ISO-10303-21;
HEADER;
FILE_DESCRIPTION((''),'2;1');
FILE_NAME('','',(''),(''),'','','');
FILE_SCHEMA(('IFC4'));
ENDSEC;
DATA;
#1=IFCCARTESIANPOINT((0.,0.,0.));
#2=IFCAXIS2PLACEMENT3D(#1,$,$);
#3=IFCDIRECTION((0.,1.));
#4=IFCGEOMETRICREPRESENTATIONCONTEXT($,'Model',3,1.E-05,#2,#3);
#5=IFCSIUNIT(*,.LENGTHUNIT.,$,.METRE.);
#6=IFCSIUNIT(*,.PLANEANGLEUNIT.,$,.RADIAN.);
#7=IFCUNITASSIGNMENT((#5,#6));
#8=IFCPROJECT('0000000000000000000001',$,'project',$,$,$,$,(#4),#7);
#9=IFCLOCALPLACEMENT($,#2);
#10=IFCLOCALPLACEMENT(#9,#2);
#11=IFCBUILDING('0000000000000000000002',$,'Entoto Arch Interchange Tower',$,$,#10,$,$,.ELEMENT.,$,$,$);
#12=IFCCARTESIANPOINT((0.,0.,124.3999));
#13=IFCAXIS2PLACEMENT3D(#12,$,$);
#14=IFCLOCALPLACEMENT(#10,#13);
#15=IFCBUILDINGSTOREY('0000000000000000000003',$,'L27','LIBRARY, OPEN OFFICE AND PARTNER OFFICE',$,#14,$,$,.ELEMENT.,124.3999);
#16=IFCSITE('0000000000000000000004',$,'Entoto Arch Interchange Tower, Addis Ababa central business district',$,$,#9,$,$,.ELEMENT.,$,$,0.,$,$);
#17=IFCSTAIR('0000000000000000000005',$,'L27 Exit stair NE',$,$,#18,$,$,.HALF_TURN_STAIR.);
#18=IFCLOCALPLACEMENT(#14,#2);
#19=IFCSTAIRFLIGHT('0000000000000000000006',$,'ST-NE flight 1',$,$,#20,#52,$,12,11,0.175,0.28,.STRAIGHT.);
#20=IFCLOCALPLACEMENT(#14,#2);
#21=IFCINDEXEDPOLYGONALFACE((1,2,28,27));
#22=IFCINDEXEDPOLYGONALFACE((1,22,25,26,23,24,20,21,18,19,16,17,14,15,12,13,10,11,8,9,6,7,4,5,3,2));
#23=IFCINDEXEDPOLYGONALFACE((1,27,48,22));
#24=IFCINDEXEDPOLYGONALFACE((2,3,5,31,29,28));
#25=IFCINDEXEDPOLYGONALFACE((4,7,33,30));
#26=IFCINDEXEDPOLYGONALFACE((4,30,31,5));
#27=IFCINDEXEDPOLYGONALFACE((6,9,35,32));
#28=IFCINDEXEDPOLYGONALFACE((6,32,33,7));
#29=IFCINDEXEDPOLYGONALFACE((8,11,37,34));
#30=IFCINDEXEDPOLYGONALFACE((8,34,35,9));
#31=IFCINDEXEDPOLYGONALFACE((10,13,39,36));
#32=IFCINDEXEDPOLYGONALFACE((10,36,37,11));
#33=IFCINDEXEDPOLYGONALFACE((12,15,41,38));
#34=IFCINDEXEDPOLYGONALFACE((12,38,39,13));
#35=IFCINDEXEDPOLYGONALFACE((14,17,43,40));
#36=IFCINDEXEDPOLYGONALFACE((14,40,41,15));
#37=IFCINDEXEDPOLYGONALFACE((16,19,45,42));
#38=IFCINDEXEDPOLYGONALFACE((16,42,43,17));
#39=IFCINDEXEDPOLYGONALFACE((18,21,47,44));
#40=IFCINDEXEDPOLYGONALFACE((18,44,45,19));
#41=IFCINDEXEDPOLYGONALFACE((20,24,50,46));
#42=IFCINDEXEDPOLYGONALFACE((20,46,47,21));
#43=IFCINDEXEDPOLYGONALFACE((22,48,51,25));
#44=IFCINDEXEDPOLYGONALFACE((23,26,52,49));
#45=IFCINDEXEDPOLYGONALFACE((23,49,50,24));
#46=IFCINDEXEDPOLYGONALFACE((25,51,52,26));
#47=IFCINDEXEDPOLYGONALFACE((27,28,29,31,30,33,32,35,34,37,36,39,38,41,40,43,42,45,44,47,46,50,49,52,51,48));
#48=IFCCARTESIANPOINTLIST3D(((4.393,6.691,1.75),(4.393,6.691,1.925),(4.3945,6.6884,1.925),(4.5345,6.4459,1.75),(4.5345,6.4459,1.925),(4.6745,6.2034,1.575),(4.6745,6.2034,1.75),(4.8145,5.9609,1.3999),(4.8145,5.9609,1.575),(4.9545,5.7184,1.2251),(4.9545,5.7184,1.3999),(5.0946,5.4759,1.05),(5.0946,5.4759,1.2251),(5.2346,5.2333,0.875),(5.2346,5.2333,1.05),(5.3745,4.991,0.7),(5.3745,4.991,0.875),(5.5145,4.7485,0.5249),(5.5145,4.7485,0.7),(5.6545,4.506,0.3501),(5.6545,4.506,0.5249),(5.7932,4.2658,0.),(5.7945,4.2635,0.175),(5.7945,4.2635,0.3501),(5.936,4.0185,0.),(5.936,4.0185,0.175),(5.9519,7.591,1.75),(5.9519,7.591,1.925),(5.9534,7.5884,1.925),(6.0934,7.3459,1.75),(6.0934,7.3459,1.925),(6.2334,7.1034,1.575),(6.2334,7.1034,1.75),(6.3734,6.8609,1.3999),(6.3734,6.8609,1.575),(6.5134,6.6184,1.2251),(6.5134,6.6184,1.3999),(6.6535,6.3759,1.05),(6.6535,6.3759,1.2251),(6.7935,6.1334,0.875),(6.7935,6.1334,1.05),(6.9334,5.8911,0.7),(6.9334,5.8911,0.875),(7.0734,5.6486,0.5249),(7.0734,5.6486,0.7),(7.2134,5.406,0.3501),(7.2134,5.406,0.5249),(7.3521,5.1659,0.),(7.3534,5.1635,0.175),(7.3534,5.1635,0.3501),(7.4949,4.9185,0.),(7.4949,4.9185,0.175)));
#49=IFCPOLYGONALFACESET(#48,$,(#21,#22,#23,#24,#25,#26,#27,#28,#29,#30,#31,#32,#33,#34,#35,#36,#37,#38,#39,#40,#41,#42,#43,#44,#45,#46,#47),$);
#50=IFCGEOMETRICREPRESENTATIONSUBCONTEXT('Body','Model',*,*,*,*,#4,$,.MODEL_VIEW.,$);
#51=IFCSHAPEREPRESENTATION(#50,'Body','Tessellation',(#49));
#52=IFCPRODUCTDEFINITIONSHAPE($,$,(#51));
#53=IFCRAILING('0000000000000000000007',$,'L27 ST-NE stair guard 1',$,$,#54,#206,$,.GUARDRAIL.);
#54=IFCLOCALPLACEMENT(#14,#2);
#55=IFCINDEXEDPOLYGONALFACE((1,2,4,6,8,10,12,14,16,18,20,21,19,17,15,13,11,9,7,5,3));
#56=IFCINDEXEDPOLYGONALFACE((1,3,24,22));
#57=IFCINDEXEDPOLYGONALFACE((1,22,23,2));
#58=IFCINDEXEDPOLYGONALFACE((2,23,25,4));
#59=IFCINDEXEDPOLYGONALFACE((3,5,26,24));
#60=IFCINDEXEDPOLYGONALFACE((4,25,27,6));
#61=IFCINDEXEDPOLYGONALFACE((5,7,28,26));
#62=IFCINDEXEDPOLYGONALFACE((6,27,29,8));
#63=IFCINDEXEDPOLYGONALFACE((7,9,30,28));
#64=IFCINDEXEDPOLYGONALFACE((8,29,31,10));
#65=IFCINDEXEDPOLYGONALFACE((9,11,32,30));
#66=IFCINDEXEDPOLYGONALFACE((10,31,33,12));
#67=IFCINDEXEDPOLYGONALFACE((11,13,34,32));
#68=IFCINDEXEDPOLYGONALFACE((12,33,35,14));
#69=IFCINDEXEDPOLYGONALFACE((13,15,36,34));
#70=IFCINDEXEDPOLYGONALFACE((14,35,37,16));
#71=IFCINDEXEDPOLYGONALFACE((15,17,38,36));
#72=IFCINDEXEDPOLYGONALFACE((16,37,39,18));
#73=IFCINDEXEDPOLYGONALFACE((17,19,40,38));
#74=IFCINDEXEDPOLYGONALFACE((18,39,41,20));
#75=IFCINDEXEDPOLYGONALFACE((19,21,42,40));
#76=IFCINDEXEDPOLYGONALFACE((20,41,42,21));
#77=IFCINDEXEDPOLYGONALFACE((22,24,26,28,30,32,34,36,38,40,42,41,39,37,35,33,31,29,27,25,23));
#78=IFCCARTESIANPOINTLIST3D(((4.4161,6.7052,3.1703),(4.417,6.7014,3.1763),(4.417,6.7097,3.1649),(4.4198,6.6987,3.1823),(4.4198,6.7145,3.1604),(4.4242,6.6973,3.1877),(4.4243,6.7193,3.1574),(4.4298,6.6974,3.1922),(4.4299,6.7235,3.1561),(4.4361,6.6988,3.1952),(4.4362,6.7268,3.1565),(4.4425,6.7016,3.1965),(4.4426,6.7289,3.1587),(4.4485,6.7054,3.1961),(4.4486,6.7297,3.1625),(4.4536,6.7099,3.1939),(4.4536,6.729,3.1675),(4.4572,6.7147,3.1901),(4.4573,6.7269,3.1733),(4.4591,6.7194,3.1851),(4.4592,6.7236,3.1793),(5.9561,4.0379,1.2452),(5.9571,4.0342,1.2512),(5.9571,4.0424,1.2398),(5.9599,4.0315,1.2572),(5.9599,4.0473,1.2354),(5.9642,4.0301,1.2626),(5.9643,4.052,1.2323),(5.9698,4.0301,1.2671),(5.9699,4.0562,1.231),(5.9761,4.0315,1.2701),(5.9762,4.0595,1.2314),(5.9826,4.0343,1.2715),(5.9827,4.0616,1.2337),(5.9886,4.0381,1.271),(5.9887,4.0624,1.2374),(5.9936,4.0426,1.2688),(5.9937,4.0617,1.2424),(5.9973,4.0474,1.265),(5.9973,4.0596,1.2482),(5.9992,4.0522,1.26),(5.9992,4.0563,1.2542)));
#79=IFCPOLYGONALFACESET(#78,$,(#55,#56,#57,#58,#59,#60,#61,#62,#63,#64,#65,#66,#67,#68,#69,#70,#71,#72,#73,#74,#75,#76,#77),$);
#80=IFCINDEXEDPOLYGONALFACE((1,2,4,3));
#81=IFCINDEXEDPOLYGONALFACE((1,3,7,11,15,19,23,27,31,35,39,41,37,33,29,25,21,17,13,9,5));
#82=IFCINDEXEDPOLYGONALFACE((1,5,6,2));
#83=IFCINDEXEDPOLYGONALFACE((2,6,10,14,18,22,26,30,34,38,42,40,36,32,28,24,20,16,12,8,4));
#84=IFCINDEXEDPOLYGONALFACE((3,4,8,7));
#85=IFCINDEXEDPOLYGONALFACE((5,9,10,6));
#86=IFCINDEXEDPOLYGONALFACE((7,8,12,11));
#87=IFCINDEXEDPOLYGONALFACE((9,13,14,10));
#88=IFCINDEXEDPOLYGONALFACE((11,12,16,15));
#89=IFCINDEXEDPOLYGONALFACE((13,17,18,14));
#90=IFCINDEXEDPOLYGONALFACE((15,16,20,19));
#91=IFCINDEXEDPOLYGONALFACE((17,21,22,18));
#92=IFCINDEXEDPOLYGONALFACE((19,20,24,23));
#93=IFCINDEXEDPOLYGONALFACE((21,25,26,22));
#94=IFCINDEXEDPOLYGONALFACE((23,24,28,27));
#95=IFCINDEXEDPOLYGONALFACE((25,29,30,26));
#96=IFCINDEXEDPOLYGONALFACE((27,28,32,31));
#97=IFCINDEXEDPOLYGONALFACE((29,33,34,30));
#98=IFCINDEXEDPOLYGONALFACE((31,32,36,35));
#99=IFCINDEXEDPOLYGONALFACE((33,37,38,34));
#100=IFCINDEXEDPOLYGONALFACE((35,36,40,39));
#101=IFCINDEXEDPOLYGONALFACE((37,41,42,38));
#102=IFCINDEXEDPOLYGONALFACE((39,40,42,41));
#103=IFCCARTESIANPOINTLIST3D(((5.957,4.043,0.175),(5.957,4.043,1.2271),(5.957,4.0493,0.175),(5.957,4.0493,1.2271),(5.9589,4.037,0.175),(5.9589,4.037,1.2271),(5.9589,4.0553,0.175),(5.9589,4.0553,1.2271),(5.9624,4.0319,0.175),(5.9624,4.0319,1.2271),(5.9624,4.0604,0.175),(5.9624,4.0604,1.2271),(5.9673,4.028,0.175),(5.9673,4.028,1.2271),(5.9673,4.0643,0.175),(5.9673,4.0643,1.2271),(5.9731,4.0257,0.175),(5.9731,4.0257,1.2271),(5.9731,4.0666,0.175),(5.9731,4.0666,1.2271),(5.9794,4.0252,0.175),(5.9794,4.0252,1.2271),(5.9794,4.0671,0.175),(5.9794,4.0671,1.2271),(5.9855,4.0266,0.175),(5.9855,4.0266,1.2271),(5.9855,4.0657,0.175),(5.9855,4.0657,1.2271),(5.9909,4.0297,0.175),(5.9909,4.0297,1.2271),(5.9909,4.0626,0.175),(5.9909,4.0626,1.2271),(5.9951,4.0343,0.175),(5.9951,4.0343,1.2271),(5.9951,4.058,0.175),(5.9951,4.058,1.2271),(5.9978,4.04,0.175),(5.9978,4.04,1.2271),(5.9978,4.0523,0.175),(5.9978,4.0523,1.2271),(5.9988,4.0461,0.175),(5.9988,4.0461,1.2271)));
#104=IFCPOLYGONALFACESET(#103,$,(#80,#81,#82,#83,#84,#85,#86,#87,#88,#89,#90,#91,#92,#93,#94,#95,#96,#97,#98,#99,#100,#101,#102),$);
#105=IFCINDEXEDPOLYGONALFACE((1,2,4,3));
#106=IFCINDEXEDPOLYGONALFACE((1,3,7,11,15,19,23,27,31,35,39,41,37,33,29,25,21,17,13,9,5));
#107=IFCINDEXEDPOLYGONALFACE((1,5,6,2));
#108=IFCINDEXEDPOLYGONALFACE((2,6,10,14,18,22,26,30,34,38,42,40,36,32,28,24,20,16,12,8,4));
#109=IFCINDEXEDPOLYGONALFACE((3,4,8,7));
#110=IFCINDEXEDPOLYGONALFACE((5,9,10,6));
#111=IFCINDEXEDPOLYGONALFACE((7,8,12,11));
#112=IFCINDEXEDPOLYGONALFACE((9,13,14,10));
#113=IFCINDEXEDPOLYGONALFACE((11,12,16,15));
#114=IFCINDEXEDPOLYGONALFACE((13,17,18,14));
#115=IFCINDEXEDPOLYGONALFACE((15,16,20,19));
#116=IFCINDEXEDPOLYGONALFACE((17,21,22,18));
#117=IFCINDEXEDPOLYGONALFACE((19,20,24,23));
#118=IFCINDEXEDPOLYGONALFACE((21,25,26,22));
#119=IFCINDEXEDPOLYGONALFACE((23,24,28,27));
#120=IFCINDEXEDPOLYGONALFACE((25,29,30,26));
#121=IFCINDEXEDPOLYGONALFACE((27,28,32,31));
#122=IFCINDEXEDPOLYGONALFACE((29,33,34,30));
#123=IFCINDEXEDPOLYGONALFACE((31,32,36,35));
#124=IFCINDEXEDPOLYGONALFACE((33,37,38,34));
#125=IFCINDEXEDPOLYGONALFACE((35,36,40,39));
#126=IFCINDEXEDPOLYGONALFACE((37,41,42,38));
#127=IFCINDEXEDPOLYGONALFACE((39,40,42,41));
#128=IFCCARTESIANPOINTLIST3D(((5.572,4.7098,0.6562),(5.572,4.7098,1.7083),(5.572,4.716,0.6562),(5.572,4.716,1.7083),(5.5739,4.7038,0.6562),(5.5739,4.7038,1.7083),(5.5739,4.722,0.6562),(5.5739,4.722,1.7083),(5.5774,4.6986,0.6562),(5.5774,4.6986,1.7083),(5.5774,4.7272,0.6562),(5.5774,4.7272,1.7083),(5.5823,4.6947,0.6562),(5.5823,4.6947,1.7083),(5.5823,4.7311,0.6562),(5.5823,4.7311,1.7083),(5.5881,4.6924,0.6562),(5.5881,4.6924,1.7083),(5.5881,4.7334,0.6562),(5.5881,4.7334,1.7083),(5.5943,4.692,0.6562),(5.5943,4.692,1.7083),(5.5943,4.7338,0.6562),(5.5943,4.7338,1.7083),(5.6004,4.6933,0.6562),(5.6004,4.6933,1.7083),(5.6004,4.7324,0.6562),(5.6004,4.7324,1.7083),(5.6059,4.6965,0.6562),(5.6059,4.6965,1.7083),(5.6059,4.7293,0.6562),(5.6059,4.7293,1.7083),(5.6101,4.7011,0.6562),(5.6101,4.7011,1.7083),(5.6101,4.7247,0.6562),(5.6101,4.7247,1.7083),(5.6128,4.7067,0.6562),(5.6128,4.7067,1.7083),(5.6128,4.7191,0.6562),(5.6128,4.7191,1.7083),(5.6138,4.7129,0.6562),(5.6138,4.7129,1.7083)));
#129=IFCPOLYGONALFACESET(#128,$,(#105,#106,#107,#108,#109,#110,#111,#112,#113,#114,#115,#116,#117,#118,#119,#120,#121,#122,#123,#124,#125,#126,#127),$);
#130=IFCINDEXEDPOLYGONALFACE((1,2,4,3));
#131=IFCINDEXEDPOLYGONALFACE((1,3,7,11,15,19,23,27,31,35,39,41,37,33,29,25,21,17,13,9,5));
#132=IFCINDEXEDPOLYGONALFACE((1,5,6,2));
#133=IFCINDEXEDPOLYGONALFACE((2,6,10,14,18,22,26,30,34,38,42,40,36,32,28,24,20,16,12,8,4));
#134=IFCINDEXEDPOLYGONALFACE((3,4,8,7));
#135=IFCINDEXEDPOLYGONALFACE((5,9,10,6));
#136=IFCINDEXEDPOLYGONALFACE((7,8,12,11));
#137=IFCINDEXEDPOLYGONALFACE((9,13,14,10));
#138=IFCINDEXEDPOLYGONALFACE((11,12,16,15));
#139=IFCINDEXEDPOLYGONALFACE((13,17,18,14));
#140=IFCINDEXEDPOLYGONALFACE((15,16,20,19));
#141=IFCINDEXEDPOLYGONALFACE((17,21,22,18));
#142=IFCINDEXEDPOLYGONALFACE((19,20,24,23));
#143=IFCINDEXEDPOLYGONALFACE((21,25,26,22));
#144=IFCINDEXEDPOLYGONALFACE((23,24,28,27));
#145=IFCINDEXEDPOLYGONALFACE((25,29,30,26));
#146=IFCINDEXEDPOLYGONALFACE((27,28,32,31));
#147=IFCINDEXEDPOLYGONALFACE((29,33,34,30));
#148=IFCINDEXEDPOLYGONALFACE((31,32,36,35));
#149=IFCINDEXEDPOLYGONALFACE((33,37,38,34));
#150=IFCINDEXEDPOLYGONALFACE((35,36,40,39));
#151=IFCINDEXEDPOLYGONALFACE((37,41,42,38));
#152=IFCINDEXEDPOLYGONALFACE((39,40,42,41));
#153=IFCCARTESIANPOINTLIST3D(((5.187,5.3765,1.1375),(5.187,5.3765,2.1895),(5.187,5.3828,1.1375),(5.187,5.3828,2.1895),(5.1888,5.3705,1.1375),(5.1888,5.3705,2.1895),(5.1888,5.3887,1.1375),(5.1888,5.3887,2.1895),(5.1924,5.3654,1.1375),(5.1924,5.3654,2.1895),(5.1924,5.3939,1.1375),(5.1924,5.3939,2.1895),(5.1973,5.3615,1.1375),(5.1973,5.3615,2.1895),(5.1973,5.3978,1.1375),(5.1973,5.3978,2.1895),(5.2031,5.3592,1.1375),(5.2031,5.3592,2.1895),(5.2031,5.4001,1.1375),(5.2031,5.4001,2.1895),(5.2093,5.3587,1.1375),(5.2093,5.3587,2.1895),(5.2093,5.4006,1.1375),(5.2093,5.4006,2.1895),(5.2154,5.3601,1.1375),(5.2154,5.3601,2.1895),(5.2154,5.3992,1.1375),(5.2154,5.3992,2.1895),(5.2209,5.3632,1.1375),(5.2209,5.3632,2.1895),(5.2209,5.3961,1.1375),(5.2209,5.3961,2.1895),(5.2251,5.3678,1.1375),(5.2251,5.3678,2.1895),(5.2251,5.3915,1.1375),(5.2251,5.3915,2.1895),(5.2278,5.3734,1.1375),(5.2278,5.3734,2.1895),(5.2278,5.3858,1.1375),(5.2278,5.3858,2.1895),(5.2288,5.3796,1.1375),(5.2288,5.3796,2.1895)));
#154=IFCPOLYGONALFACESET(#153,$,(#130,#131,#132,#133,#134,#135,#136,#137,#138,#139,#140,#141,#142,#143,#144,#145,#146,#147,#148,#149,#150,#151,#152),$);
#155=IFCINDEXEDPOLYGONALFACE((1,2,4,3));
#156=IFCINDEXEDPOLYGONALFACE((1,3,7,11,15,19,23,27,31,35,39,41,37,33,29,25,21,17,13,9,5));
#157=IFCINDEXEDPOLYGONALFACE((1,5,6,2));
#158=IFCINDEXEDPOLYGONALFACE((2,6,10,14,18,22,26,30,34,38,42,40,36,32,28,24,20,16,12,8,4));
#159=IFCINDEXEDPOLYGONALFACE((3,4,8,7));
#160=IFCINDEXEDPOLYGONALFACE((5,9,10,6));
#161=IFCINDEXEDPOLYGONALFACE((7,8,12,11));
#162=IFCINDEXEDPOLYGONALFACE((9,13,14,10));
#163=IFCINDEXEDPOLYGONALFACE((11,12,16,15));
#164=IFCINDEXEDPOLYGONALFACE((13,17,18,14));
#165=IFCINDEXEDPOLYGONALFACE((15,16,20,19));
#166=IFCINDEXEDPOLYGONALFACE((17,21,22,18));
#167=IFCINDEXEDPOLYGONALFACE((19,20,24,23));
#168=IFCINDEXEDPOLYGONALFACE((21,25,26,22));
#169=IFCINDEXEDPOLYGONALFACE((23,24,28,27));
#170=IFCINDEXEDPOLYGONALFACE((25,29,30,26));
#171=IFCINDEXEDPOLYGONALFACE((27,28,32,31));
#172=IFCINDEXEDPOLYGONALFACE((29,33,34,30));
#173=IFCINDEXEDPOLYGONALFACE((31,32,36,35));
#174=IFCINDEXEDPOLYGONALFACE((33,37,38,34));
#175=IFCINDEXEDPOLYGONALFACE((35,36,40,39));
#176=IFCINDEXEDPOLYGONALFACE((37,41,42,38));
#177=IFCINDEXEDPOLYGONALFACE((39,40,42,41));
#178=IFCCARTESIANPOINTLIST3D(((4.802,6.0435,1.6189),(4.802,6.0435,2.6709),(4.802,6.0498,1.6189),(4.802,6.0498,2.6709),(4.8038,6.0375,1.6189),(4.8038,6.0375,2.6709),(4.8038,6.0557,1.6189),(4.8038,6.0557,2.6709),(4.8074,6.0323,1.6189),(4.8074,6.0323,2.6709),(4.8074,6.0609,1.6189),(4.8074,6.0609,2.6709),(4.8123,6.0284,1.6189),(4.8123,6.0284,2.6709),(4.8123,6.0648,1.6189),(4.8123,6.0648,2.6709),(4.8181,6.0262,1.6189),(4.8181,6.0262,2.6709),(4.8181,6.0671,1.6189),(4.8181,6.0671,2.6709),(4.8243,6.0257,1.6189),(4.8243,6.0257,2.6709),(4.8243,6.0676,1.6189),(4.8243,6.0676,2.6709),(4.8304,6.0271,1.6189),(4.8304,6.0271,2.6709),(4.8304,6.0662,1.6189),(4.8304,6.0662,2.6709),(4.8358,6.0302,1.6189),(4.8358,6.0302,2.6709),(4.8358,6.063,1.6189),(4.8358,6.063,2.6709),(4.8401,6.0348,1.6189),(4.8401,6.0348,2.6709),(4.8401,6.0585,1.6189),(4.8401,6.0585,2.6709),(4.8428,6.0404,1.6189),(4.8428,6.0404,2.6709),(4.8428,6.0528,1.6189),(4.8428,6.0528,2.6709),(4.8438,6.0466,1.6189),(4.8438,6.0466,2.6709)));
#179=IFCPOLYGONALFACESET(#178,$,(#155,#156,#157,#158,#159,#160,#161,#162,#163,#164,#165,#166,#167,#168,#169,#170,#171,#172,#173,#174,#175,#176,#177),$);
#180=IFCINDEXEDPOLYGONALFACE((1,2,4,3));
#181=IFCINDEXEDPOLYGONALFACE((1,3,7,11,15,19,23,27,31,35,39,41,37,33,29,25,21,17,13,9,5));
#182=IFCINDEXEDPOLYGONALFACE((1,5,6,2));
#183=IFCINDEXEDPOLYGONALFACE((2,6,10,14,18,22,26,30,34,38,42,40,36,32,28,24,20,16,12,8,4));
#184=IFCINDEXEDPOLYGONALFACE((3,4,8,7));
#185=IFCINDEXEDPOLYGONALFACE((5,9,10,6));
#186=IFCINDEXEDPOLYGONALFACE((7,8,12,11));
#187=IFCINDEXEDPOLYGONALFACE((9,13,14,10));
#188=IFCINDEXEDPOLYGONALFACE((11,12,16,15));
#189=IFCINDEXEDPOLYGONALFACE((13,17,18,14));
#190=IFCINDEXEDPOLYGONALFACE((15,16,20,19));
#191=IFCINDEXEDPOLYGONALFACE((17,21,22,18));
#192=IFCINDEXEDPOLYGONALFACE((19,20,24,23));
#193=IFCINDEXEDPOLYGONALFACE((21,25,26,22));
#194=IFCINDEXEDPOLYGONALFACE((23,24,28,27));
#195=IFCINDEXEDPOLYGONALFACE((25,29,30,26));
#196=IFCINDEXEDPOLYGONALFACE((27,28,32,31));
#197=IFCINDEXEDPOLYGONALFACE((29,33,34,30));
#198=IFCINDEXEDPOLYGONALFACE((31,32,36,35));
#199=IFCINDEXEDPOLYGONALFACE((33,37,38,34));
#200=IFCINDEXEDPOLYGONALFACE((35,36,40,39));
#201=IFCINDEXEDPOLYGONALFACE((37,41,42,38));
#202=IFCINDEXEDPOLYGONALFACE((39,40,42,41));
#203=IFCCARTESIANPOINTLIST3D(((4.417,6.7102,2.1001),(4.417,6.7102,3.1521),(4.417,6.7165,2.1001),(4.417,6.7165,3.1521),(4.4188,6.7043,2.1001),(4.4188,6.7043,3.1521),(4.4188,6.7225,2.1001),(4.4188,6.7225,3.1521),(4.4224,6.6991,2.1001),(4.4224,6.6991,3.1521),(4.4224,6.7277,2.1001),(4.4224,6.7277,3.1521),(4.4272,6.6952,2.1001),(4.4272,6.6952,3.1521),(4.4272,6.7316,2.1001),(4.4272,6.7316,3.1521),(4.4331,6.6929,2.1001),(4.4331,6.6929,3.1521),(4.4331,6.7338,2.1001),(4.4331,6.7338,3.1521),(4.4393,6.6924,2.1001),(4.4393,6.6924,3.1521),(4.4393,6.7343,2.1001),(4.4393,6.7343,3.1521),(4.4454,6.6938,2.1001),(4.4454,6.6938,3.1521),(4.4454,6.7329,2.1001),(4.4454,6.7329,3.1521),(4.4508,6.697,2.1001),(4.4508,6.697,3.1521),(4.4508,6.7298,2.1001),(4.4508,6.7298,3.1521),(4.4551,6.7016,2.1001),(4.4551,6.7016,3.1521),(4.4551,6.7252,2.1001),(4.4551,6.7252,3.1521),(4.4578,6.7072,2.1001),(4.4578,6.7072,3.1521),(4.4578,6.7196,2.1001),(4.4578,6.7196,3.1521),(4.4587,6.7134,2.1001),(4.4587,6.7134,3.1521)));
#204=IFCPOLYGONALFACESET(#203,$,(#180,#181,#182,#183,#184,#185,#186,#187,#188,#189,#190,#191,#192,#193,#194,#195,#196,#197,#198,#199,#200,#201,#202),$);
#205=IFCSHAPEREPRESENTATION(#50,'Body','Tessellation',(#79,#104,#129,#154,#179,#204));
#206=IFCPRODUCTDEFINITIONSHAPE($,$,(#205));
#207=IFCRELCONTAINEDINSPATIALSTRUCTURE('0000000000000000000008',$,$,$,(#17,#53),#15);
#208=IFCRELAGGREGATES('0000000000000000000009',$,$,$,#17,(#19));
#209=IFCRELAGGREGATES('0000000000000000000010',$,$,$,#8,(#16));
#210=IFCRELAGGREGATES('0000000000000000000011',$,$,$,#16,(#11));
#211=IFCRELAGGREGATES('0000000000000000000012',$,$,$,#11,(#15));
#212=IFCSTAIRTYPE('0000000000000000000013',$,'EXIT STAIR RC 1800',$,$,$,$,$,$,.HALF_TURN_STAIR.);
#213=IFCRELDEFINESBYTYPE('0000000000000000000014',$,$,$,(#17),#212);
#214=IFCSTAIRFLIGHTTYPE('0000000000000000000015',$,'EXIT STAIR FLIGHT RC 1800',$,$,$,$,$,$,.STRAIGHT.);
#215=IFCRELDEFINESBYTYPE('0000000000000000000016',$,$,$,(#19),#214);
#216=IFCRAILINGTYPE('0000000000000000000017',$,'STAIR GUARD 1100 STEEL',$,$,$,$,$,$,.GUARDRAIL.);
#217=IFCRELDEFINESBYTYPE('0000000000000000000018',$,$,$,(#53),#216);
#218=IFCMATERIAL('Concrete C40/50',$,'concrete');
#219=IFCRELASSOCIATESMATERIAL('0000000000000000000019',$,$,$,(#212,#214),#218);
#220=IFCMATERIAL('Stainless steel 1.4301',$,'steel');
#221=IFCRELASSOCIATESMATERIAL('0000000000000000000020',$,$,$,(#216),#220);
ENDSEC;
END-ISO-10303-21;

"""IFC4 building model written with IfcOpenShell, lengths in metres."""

from ifc_helpers import new_model, si_unit, direction, frame, origin, origin_2d, place, context, subcontext, project, spatial, polyline, circle, outline, extrude, material, type_object, element, aggregate, save


model = new_model("IFC4")

# Units and contexts
model_context = context("Model", 3, precision=1e-05, world=origin(), true_north=direction((0.0, 1.0)))
body_context = subcontext(model_context, "Body", "Model", "MODEL_VIEW")
ifc_project = project(units=[si_unit("LENGTHUNIT", "METRE"), si_unit("PLANEANGLEUNIT", "RADIAN")], contexts=[model_context])

# Site, building, storey
site_placement = place(None, origin())
site = spatial("IfcSite", under=ifc_project, at=site_placement, Name="Entoto Arch Interchange Tower, Addis Ababa central business district", CompositionType="ELEMENT", RefElevation=0.0)
building_placement = place(site_placement, origin())
building = spatial("IfcBuilding", under=site, at=building_placement, Name="Entoto Arch Interchange Tower", CompositionType="ELEMENT")
storey_placement = place(building_placement, frame((0.0, 0.0, 124.3999)))
storey = spatial("IfcBuildingStorey", under=building, at=storey_placement, Name="L27", Description="LIBRARY, OPEN OFFICE AND PARTNER OFFICE", CompositionType="ELEMENT", Elevation=124.3999)

# Shared definitions
ifc_material_1 = material(Name="Concrete C40/50", Category="concrete")

# Stair, stair flight
stair_type = type_object("IfcStairType", Name="EXIT STAIR RC 1800", PredefinedType="HALF_TURN_STAIR", material=ifc_material_1)
stair_placement = place(storey_placement, origin())
stair = element("IfcStair", 1, at=stair_placement, inside=storey, type_object=stair_type, Name="L27 Exit stair NE", PredefinedType="HALF_TURN_STAIR")
stair_flight_type = type_object("IfcStairFlightType", Name="EXIT STAIR FLIGHT RC 1800", PredefinedType="STRAIGHT", material=ifc_material_1)
stair_flight_placement = place(storey_placement, frame((6.7139, 4.4709, 0.0), z_axis=(0.0, 0.0, 1.0), x_axis=(-0.5, 0.866025, 0.0)))
stair_flight = element("IfcStairFlight", 2, at=stair_flight_placement, type_object=stair_flight_type, Name="ST-NE flight 1", NumberOfRisers=12, NumberOfTreads=11, PredefinedType="STRAIGHT", RiserHeight=0.175, TreadLength=0.28, context=body_context, shape_type="SweptSolid", body=[
    extrude(outline(polyline([(-0.0029, 0.0), (-0.0029, 0.175), (0.28, 0.175), (0.28, 0.3501), (0.5601, 0.3501), (0.5601, 0.5249), (0.8401, 0.5249), (0.8401, 0.7), (1.1201, 0.7), (1.1201, 0.875), (1.3999, 0.875), (1.3999, 1.05), (1.6799, 1.05), (1.6799, 1.2251), (1.96, 1.2251), (1.96, 1.3999), (2.24, 1.3999), (2.24, 1.575), (2.52, 1.575), (2.52, 1.75), (2.8, 1.75), (2.8, 1.925), (3.0801, 1.925), (3.083, 1.925), (3.083, 1.75), (0.2827, 0.0), (-0.0029, 0.0)])), frame((0.0, 0.8999, 0.0), z_axis=(0.0, -1.0, 0.0), x_axis=(1.0, 0.0, 0.0)), (0.0, 0.0, 1.0), 1.8),
])
aggregate(stair, [stair_flight])

# Railing
ifc_material_2 = material(Name="Stainless steel 1.4301", Category="steel")
railing_type_1 = type_object("IfcRailingType", Name="STAIR GUARD 1100 STEEL", PredefinedType="GUARDRAIL", material=ifc_material_2)
railing_1_placement = place(storey_placement, frame((5.9778, 4.0461, 0.175)))
element("IfcRailing", 3, at=railing_1_placement, inside=storey, type_object=railing_type_1, Name="L27 ST-NE stair guard 1", PredefinedType="GUARDRAIL", context=body_context, shape_type="SweptSolid", body=[
    extrude(circle(Radius=0.0239, at=origin_2d()), frame((0.0, 0.0, 1.0762), z_axis=(-0.424015, 0.734364, 0.530019), x_axis=(-0.86601, -0.500027, 0.0)), (0.0, 0.0, 1.0), 3.6321),
    extrude(circle(Radius=0.021, at=origin_2d()), origin(), (0.0, 0.0, 1.0), 1.052),
    extrude(circle(Radius=0.021, at=origin_2d()), frame((-0.385, 0.6667, 0.4812)), (0.0, 0.0, 1.0), 1.052),
    extrude(circle(Radius=0.021, at=origin_2d()), frame((-0.77, 1.3335, 0.9624)), (0.0, 0.0, 1.0), 1.052),
    extrude(circle(Radius=0.021, at=origin_2d()), frame((-1.155, 2.0005, 1.4438)), (0.0, 0.0, 1.0), 1.052),
    extrude(circle(Radius=0.021, at=origin_2d()), frame((-1.54, 2.6672, 1.925)), (0.0, 0.0, 1.0), 1.052),
])

save(model, "model.ifc")
